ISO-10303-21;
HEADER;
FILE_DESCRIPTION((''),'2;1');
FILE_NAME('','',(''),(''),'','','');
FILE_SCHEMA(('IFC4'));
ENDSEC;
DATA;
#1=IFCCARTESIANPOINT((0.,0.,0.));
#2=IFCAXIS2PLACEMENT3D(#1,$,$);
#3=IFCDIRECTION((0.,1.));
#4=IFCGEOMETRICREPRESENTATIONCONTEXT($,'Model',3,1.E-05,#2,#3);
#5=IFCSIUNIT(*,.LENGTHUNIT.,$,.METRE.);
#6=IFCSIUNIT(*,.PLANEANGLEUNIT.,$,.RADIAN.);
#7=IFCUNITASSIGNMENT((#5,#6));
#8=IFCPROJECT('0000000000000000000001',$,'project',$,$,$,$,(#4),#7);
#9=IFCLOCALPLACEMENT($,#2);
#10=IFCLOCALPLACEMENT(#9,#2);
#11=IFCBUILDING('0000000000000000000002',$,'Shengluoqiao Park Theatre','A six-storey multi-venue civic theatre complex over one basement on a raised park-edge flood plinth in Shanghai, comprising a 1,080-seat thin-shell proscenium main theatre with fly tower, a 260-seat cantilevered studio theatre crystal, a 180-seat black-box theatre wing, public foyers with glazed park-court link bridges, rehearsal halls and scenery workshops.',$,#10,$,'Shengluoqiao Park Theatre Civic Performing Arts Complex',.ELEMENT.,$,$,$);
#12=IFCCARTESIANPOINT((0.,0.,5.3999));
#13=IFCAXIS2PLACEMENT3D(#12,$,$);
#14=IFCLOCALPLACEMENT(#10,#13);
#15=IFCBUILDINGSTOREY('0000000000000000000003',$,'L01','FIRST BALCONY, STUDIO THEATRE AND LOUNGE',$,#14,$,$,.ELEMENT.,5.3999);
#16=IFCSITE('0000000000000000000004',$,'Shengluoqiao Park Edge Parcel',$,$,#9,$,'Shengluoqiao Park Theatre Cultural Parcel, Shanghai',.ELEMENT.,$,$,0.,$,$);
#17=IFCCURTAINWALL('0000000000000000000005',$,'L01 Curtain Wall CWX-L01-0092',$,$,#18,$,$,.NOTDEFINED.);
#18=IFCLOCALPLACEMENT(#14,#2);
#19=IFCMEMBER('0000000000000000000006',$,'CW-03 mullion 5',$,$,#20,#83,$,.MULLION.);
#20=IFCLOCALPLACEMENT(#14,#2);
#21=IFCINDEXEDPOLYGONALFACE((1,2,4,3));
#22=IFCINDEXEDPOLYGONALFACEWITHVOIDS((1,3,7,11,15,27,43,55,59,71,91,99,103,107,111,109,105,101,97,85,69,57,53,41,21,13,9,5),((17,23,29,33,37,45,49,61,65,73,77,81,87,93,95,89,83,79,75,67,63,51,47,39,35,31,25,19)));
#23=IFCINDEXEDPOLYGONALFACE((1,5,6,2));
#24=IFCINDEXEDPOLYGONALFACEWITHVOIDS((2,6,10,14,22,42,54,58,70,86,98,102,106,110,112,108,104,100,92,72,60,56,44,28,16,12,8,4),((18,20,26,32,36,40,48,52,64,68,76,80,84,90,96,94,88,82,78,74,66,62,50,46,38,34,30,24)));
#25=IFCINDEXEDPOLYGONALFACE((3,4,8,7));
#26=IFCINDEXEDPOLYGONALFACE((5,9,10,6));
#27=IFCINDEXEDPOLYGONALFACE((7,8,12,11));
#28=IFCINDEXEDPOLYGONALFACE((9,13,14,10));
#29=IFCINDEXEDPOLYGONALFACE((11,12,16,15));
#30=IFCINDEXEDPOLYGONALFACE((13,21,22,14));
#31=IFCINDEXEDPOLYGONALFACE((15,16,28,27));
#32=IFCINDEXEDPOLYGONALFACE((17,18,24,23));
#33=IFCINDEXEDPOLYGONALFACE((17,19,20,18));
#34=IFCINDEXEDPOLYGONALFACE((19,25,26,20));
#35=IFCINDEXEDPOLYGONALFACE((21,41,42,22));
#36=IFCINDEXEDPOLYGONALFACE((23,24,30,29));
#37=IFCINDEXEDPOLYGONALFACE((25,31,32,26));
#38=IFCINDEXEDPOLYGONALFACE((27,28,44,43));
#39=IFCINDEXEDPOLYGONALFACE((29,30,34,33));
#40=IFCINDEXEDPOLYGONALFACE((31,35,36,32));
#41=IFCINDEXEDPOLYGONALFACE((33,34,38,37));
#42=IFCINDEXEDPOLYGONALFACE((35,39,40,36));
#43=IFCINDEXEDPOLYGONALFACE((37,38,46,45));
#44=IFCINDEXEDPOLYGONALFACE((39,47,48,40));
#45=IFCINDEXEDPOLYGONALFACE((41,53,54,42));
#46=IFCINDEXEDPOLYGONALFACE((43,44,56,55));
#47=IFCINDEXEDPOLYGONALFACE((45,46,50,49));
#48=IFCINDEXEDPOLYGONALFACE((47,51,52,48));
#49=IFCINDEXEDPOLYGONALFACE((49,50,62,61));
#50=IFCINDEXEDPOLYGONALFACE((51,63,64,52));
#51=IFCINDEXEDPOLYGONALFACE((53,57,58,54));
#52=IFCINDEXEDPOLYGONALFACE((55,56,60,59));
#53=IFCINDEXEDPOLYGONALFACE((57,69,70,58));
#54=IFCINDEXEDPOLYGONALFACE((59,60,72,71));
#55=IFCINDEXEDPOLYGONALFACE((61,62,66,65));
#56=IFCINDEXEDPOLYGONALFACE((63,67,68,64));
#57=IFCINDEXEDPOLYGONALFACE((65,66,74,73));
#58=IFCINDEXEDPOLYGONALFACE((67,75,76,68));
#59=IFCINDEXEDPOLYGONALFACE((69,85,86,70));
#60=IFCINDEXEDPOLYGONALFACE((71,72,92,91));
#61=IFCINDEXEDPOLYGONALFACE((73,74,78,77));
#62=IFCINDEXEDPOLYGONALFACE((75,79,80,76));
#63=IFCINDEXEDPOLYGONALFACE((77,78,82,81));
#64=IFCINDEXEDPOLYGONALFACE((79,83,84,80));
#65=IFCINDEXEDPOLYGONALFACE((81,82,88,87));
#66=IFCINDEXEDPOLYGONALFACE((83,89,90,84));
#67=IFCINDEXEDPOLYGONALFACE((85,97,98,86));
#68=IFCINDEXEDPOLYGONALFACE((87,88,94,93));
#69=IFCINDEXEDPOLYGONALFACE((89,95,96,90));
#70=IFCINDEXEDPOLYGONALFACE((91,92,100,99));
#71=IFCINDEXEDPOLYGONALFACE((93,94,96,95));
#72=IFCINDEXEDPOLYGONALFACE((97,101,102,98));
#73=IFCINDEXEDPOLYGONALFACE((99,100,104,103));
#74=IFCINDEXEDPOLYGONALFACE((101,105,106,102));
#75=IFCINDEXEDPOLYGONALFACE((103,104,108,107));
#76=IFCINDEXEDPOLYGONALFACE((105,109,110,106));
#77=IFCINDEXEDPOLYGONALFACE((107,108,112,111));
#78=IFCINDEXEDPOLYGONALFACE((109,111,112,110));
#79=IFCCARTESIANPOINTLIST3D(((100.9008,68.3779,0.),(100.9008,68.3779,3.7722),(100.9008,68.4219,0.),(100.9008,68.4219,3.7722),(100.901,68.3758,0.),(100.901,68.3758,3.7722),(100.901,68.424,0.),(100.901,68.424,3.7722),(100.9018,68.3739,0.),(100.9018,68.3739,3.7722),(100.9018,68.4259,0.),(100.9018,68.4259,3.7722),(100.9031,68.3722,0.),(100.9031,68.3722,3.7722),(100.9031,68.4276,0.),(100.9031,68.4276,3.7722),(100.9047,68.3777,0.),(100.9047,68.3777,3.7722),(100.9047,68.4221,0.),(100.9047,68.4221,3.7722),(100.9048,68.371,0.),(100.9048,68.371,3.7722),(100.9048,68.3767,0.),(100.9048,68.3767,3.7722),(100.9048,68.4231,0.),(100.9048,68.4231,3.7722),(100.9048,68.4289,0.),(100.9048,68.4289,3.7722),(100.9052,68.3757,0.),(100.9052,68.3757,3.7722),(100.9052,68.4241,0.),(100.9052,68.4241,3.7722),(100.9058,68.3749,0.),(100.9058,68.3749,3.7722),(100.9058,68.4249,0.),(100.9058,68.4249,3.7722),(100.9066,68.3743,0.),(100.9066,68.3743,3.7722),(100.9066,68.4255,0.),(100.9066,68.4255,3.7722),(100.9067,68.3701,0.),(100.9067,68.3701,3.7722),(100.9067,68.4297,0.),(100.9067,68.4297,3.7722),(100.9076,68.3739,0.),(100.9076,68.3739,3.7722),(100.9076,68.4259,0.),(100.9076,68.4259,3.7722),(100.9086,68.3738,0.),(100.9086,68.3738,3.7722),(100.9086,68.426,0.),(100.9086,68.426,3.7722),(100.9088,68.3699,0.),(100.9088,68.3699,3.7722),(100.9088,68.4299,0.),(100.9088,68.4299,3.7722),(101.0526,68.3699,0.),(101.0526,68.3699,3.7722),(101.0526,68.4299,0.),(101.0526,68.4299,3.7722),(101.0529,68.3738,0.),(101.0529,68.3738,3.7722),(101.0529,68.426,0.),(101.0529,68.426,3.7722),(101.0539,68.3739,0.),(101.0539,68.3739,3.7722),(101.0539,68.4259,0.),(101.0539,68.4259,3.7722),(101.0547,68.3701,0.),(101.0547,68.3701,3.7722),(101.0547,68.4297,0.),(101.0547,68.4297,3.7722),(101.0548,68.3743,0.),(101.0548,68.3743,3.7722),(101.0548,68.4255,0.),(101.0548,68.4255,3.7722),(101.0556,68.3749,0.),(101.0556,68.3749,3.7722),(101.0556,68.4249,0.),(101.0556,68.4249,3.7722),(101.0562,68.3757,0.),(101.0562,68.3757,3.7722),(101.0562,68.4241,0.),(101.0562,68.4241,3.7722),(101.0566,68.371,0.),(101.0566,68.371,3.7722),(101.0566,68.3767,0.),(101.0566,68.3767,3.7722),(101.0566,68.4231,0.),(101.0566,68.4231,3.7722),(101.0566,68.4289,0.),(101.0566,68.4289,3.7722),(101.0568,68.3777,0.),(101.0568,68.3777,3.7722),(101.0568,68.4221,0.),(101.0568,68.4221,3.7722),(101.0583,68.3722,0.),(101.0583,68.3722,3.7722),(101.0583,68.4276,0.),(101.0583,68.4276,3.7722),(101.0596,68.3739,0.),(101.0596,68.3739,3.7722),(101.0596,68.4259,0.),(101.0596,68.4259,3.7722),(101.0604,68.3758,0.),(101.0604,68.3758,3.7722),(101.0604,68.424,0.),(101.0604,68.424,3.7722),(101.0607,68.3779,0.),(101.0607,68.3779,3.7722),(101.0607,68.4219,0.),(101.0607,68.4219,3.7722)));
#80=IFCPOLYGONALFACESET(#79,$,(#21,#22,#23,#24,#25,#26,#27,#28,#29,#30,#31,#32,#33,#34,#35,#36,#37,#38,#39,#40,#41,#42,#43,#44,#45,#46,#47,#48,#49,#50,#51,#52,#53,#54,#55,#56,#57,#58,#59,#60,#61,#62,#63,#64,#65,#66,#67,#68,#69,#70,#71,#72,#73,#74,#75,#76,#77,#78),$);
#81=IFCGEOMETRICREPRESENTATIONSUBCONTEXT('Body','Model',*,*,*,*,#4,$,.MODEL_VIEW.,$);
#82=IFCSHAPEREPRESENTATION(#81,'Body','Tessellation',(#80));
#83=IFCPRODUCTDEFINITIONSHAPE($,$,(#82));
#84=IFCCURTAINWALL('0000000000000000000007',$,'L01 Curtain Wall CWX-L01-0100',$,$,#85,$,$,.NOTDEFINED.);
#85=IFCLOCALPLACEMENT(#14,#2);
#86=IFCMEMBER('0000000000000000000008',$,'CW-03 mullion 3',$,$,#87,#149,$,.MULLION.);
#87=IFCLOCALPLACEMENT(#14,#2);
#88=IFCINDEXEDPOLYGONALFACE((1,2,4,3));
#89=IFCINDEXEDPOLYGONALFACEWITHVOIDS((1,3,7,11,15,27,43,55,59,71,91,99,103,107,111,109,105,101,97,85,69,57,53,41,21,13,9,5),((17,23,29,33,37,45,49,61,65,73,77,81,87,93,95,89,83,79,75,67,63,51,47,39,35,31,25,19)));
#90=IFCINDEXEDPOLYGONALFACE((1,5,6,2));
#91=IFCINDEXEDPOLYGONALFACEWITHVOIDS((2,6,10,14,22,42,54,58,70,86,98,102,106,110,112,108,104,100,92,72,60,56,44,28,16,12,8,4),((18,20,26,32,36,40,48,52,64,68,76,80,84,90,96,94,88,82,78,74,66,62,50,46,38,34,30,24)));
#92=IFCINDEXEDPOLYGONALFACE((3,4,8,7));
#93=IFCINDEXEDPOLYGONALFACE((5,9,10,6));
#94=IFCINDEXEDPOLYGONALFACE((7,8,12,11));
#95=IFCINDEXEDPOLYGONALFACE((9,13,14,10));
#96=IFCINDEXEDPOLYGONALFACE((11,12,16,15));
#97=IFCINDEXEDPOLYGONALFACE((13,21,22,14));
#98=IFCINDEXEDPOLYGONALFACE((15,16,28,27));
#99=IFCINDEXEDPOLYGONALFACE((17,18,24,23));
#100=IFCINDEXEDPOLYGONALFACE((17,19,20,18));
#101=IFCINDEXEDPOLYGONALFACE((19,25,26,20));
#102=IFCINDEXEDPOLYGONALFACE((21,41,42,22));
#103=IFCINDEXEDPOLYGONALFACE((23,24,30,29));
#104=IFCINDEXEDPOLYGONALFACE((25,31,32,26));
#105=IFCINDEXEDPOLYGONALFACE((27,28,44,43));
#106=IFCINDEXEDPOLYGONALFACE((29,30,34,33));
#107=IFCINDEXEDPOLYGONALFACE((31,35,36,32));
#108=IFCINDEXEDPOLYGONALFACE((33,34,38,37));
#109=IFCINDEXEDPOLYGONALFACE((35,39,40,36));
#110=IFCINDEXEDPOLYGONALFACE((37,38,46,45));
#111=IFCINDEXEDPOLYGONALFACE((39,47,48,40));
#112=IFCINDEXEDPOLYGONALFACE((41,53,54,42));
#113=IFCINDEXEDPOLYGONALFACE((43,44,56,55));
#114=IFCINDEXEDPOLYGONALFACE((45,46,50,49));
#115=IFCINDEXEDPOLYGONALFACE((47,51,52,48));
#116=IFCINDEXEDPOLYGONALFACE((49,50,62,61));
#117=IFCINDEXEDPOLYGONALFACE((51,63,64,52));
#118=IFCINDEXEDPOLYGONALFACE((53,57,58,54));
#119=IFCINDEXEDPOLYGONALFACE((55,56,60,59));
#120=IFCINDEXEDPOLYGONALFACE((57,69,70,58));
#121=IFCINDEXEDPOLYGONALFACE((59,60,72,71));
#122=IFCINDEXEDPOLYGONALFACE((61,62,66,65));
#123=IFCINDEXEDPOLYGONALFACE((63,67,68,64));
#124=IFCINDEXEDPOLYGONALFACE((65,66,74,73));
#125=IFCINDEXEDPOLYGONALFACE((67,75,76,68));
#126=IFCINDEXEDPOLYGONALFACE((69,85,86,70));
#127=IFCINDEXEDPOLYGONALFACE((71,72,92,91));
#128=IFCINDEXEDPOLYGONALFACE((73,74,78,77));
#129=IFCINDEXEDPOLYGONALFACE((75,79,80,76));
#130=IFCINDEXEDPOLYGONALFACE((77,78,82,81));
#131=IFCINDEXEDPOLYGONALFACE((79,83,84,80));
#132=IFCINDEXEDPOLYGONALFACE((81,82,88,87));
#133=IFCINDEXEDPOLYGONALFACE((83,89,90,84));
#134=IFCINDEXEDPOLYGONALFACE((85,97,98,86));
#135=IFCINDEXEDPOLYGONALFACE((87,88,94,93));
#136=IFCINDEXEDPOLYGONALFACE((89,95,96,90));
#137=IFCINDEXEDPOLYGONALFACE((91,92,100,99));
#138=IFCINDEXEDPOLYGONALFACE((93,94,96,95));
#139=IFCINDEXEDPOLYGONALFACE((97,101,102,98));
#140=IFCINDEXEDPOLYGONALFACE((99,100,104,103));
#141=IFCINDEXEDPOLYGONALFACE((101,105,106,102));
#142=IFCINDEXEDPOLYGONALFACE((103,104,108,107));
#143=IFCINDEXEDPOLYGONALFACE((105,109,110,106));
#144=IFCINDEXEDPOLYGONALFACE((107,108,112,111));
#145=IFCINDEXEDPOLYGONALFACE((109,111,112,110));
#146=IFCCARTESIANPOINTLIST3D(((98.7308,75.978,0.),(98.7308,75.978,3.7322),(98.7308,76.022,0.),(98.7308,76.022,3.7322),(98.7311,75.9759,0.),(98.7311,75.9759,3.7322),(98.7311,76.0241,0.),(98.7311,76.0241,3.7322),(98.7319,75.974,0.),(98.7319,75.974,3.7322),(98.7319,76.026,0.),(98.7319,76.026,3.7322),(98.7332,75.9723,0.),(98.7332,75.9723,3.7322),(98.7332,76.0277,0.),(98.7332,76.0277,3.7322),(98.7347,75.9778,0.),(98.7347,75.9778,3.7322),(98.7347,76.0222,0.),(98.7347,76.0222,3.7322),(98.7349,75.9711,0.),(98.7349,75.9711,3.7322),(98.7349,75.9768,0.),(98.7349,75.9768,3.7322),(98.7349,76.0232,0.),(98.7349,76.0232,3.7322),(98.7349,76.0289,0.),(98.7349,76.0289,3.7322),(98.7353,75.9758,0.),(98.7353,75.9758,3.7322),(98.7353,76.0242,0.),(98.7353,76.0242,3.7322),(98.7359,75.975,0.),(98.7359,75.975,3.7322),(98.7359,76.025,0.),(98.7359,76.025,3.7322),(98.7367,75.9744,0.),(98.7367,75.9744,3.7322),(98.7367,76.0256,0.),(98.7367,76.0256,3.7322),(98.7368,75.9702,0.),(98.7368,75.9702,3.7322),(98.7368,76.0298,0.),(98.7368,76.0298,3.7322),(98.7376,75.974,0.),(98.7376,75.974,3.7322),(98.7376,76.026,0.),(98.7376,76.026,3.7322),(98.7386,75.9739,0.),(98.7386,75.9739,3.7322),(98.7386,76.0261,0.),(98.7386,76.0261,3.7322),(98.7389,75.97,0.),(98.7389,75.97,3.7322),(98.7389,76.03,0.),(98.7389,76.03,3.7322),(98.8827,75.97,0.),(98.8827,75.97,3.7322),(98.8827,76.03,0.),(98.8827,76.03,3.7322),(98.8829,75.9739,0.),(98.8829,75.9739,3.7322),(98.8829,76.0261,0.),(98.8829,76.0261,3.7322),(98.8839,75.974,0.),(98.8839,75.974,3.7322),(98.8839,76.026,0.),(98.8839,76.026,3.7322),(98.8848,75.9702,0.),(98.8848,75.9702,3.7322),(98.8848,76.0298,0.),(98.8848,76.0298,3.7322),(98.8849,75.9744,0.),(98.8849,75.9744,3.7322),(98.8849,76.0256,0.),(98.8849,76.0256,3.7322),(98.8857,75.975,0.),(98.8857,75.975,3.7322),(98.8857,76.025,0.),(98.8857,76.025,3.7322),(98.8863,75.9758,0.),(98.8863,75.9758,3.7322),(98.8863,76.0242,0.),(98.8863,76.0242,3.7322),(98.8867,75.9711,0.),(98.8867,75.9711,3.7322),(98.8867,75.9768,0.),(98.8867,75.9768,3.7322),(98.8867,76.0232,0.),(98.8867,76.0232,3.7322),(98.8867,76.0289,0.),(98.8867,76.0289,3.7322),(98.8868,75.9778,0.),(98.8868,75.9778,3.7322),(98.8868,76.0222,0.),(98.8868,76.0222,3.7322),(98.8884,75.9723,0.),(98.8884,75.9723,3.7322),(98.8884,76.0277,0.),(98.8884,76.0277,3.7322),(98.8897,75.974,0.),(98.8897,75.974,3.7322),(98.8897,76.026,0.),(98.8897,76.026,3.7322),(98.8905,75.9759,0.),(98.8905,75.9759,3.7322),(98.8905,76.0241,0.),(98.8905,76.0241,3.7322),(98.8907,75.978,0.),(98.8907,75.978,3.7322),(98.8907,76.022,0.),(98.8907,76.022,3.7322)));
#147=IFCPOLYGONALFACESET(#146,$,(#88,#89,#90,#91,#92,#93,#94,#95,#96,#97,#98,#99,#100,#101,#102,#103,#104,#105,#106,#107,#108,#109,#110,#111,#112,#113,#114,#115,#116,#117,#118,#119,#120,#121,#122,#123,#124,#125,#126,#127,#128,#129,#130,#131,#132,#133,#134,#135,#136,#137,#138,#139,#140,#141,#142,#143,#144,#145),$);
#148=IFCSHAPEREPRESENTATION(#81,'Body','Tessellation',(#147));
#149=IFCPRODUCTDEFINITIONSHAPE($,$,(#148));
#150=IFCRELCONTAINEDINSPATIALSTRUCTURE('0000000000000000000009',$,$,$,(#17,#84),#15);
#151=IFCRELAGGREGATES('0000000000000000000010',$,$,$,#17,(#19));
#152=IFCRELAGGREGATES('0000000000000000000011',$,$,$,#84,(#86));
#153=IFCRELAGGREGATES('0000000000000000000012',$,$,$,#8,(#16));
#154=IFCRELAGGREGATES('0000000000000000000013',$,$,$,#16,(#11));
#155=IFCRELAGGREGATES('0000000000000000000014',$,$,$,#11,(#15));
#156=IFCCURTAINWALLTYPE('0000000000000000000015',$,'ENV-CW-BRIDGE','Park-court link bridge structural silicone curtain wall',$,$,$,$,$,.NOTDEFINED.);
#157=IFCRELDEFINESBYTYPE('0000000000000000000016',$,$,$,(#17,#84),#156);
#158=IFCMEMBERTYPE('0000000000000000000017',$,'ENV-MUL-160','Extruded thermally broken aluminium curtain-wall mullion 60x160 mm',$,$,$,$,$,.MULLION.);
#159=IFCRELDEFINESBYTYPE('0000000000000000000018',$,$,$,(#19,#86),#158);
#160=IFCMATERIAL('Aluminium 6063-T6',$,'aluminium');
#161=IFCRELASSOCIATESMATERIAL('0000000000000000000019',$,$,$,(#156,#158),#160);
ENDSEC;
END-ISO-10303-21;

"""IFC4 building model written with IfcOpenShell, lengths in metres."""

from ifc_helpers import new_model, si_unit, direction, frame, origin, origin_2d, place, context, subcontext, project, spatial, hollow_rectangle, extrude, material, material_profile, profile_set, type_object, element, aggregate, save


model = new_model("IFC4")

# Units and contexts
model_context = context("Model", 3, precision=1e-05, world=origin(), true_north=direction((0.0, 1.0)))
body_context = subcontext(model_context, "Body", "Model", "MODEL_VIEW")
ifc_project = project(units=[si_unit("LENGTHUNIT", "METRE"), si_unit("PLANEANGLEUNIT", "RADIAN")], contexts=[model_context])

# Site, building, storey
site_placement = place(None, origin())
site = spatial("IfcSite", under=ifc_project, at=site_placement, Name="Shengluoqiao Park Edge Parcel", LongName="Shengluoqiao Park Theatre Cultural Parcel, Shanghai", CompositionType="ELEMENT", RefElevation=0.0)
building_placement = place(site_placement, origin())
building = spatial("IfcBuilding", under=site, at=building_placement, Name="Shengluoqiao Park Theatre", Description="A six-storey multi-venue civic theatre complex over one basement on a raised park-edge flood plinth in Shanghai, comprising a 1,080-seat thin-shell proscenium main theatre with fly tower, a 260-seat cantilevered studio theatre crystal, a 180-seat black-box theatre wing, public foyers with glazed park-court link bridges, rehearsal halls and scenery workshops.", LongName="Shengluoqiao Park Theatre Civic Performing Arts Complex", CompositionType="ELEMENT")
storey_placement = place(building_placement, frame((0.0, 0.0, 5.3999)))
storey = spatial("IfcBuildingStorey", under=building, at=storey_placement, Name="L01", Description="FIRST BALCONY, STUDIO THEATRE AND LOUNGE", CompositionType="ELEMENT", Elevation=5.3999)

# Curtain walls, members
ifc_material_1 = material(Name="Aluminium 6063-T6", Category="aluminium")
curtain_wall_type = type_object("IfcCurtainWallType", Name="ENV-CW-BRIDGE", Description="Park-court link bridge structural silicone curtain wall", PredefinedType="NOTDEFINED", material=ifc_material_1)
curtain_wall_1_placement = place(storey_placement, origin())
curtain_wall_1 = element("IfcCurtainWall", 1, at=curtain_wall_1_placement, inside=storey, type_object=curtain_wall_type, Name="L01 Curtain Wall CWX-L01-0092", PredefinedType="NOTDEFINED")
ifc_material_profile_1 = material_profile(ifc_material_1, hollow_rectangle(XDim=0.0601, YDim=0.1599, WallThickness=0.0039, InnerFilletRadius=0.0039, OuterFilletRadius=0.0081, at=origin_2d()), Name="ALU MULLION 160x60x4")
ifc_profile_set_1 = profile_set([ifc_material_profile_1], Name="Aluminium 6063-T6")
member_type_1 = type_object("IfcMemberType", Name="ENV-MUL-160", Description="Extruded thermally broken aluminium curtain-wall mullion 60x160 mm", PredefinedType="MULLION", material=ifc_profile_set_1)
member_1_placement = place(storey_placement, frame((100.9807, 68.3999, 0.0), z_axis=(0.0, 0.0, 1.0), x_axis=(0.0, 1.0, 0.0)))
member_1 = element("IfcMember", 2, at=member_1_placement, type_object=member_type_1, Name="CW-03 mullion 5", PredefinedType="MULLION", context=body_context, shape_type="SweptSolid", body=[
    extrude(hollow_rectangle(XDim=0.0601, YDim=0.1599, WallThickness=0.0039, InnerFilletRadius=0.0039, OuterFilletRadius=0.0081, at=origin_2d()), origin(), (0.0, 0.0, 1.0), 3.7722),
])
curtain_wall_2_placement = place(storey_placement, origin())
curtain_wall_2 = element("IfcCurtainWall", 3, at=curtain_wall_2_placement, inside=storey, type_object=curtain_wall_type, Name="L01 Curtain Wall CWX-L01-0100", PredefinedType="NOTDEFINED")
member_2_placement = place(storey_placement, frame((98.8108, 76.0, 0.0), z_axis=(0.0, 0.0, 1.0), x_axis=(0.0, 1.0, 0.0)))
member_2 = element("IfcMember", 4, at=member_2_placement, type_object=member_type_1, Name="CW-03 mullion 3", PredefinedType="MULLION", context=body_context, shape_type="SweptSolid", body=[
    extrude(hollow_rectangle(XDim=0.0601, YDim=0.1599, WallThickness=0.0039, InnerFilletRadius=0.0039, OuterFilletRadius=0.0081, at=origin_2d()), origin(), (0.0, 0.0, 1.0), 3.7322),
])

aggregate(curtain_wall_1, [member_1])
aggregate(curtain_wall_2, [member_2])

save(model, "model.ifc")
